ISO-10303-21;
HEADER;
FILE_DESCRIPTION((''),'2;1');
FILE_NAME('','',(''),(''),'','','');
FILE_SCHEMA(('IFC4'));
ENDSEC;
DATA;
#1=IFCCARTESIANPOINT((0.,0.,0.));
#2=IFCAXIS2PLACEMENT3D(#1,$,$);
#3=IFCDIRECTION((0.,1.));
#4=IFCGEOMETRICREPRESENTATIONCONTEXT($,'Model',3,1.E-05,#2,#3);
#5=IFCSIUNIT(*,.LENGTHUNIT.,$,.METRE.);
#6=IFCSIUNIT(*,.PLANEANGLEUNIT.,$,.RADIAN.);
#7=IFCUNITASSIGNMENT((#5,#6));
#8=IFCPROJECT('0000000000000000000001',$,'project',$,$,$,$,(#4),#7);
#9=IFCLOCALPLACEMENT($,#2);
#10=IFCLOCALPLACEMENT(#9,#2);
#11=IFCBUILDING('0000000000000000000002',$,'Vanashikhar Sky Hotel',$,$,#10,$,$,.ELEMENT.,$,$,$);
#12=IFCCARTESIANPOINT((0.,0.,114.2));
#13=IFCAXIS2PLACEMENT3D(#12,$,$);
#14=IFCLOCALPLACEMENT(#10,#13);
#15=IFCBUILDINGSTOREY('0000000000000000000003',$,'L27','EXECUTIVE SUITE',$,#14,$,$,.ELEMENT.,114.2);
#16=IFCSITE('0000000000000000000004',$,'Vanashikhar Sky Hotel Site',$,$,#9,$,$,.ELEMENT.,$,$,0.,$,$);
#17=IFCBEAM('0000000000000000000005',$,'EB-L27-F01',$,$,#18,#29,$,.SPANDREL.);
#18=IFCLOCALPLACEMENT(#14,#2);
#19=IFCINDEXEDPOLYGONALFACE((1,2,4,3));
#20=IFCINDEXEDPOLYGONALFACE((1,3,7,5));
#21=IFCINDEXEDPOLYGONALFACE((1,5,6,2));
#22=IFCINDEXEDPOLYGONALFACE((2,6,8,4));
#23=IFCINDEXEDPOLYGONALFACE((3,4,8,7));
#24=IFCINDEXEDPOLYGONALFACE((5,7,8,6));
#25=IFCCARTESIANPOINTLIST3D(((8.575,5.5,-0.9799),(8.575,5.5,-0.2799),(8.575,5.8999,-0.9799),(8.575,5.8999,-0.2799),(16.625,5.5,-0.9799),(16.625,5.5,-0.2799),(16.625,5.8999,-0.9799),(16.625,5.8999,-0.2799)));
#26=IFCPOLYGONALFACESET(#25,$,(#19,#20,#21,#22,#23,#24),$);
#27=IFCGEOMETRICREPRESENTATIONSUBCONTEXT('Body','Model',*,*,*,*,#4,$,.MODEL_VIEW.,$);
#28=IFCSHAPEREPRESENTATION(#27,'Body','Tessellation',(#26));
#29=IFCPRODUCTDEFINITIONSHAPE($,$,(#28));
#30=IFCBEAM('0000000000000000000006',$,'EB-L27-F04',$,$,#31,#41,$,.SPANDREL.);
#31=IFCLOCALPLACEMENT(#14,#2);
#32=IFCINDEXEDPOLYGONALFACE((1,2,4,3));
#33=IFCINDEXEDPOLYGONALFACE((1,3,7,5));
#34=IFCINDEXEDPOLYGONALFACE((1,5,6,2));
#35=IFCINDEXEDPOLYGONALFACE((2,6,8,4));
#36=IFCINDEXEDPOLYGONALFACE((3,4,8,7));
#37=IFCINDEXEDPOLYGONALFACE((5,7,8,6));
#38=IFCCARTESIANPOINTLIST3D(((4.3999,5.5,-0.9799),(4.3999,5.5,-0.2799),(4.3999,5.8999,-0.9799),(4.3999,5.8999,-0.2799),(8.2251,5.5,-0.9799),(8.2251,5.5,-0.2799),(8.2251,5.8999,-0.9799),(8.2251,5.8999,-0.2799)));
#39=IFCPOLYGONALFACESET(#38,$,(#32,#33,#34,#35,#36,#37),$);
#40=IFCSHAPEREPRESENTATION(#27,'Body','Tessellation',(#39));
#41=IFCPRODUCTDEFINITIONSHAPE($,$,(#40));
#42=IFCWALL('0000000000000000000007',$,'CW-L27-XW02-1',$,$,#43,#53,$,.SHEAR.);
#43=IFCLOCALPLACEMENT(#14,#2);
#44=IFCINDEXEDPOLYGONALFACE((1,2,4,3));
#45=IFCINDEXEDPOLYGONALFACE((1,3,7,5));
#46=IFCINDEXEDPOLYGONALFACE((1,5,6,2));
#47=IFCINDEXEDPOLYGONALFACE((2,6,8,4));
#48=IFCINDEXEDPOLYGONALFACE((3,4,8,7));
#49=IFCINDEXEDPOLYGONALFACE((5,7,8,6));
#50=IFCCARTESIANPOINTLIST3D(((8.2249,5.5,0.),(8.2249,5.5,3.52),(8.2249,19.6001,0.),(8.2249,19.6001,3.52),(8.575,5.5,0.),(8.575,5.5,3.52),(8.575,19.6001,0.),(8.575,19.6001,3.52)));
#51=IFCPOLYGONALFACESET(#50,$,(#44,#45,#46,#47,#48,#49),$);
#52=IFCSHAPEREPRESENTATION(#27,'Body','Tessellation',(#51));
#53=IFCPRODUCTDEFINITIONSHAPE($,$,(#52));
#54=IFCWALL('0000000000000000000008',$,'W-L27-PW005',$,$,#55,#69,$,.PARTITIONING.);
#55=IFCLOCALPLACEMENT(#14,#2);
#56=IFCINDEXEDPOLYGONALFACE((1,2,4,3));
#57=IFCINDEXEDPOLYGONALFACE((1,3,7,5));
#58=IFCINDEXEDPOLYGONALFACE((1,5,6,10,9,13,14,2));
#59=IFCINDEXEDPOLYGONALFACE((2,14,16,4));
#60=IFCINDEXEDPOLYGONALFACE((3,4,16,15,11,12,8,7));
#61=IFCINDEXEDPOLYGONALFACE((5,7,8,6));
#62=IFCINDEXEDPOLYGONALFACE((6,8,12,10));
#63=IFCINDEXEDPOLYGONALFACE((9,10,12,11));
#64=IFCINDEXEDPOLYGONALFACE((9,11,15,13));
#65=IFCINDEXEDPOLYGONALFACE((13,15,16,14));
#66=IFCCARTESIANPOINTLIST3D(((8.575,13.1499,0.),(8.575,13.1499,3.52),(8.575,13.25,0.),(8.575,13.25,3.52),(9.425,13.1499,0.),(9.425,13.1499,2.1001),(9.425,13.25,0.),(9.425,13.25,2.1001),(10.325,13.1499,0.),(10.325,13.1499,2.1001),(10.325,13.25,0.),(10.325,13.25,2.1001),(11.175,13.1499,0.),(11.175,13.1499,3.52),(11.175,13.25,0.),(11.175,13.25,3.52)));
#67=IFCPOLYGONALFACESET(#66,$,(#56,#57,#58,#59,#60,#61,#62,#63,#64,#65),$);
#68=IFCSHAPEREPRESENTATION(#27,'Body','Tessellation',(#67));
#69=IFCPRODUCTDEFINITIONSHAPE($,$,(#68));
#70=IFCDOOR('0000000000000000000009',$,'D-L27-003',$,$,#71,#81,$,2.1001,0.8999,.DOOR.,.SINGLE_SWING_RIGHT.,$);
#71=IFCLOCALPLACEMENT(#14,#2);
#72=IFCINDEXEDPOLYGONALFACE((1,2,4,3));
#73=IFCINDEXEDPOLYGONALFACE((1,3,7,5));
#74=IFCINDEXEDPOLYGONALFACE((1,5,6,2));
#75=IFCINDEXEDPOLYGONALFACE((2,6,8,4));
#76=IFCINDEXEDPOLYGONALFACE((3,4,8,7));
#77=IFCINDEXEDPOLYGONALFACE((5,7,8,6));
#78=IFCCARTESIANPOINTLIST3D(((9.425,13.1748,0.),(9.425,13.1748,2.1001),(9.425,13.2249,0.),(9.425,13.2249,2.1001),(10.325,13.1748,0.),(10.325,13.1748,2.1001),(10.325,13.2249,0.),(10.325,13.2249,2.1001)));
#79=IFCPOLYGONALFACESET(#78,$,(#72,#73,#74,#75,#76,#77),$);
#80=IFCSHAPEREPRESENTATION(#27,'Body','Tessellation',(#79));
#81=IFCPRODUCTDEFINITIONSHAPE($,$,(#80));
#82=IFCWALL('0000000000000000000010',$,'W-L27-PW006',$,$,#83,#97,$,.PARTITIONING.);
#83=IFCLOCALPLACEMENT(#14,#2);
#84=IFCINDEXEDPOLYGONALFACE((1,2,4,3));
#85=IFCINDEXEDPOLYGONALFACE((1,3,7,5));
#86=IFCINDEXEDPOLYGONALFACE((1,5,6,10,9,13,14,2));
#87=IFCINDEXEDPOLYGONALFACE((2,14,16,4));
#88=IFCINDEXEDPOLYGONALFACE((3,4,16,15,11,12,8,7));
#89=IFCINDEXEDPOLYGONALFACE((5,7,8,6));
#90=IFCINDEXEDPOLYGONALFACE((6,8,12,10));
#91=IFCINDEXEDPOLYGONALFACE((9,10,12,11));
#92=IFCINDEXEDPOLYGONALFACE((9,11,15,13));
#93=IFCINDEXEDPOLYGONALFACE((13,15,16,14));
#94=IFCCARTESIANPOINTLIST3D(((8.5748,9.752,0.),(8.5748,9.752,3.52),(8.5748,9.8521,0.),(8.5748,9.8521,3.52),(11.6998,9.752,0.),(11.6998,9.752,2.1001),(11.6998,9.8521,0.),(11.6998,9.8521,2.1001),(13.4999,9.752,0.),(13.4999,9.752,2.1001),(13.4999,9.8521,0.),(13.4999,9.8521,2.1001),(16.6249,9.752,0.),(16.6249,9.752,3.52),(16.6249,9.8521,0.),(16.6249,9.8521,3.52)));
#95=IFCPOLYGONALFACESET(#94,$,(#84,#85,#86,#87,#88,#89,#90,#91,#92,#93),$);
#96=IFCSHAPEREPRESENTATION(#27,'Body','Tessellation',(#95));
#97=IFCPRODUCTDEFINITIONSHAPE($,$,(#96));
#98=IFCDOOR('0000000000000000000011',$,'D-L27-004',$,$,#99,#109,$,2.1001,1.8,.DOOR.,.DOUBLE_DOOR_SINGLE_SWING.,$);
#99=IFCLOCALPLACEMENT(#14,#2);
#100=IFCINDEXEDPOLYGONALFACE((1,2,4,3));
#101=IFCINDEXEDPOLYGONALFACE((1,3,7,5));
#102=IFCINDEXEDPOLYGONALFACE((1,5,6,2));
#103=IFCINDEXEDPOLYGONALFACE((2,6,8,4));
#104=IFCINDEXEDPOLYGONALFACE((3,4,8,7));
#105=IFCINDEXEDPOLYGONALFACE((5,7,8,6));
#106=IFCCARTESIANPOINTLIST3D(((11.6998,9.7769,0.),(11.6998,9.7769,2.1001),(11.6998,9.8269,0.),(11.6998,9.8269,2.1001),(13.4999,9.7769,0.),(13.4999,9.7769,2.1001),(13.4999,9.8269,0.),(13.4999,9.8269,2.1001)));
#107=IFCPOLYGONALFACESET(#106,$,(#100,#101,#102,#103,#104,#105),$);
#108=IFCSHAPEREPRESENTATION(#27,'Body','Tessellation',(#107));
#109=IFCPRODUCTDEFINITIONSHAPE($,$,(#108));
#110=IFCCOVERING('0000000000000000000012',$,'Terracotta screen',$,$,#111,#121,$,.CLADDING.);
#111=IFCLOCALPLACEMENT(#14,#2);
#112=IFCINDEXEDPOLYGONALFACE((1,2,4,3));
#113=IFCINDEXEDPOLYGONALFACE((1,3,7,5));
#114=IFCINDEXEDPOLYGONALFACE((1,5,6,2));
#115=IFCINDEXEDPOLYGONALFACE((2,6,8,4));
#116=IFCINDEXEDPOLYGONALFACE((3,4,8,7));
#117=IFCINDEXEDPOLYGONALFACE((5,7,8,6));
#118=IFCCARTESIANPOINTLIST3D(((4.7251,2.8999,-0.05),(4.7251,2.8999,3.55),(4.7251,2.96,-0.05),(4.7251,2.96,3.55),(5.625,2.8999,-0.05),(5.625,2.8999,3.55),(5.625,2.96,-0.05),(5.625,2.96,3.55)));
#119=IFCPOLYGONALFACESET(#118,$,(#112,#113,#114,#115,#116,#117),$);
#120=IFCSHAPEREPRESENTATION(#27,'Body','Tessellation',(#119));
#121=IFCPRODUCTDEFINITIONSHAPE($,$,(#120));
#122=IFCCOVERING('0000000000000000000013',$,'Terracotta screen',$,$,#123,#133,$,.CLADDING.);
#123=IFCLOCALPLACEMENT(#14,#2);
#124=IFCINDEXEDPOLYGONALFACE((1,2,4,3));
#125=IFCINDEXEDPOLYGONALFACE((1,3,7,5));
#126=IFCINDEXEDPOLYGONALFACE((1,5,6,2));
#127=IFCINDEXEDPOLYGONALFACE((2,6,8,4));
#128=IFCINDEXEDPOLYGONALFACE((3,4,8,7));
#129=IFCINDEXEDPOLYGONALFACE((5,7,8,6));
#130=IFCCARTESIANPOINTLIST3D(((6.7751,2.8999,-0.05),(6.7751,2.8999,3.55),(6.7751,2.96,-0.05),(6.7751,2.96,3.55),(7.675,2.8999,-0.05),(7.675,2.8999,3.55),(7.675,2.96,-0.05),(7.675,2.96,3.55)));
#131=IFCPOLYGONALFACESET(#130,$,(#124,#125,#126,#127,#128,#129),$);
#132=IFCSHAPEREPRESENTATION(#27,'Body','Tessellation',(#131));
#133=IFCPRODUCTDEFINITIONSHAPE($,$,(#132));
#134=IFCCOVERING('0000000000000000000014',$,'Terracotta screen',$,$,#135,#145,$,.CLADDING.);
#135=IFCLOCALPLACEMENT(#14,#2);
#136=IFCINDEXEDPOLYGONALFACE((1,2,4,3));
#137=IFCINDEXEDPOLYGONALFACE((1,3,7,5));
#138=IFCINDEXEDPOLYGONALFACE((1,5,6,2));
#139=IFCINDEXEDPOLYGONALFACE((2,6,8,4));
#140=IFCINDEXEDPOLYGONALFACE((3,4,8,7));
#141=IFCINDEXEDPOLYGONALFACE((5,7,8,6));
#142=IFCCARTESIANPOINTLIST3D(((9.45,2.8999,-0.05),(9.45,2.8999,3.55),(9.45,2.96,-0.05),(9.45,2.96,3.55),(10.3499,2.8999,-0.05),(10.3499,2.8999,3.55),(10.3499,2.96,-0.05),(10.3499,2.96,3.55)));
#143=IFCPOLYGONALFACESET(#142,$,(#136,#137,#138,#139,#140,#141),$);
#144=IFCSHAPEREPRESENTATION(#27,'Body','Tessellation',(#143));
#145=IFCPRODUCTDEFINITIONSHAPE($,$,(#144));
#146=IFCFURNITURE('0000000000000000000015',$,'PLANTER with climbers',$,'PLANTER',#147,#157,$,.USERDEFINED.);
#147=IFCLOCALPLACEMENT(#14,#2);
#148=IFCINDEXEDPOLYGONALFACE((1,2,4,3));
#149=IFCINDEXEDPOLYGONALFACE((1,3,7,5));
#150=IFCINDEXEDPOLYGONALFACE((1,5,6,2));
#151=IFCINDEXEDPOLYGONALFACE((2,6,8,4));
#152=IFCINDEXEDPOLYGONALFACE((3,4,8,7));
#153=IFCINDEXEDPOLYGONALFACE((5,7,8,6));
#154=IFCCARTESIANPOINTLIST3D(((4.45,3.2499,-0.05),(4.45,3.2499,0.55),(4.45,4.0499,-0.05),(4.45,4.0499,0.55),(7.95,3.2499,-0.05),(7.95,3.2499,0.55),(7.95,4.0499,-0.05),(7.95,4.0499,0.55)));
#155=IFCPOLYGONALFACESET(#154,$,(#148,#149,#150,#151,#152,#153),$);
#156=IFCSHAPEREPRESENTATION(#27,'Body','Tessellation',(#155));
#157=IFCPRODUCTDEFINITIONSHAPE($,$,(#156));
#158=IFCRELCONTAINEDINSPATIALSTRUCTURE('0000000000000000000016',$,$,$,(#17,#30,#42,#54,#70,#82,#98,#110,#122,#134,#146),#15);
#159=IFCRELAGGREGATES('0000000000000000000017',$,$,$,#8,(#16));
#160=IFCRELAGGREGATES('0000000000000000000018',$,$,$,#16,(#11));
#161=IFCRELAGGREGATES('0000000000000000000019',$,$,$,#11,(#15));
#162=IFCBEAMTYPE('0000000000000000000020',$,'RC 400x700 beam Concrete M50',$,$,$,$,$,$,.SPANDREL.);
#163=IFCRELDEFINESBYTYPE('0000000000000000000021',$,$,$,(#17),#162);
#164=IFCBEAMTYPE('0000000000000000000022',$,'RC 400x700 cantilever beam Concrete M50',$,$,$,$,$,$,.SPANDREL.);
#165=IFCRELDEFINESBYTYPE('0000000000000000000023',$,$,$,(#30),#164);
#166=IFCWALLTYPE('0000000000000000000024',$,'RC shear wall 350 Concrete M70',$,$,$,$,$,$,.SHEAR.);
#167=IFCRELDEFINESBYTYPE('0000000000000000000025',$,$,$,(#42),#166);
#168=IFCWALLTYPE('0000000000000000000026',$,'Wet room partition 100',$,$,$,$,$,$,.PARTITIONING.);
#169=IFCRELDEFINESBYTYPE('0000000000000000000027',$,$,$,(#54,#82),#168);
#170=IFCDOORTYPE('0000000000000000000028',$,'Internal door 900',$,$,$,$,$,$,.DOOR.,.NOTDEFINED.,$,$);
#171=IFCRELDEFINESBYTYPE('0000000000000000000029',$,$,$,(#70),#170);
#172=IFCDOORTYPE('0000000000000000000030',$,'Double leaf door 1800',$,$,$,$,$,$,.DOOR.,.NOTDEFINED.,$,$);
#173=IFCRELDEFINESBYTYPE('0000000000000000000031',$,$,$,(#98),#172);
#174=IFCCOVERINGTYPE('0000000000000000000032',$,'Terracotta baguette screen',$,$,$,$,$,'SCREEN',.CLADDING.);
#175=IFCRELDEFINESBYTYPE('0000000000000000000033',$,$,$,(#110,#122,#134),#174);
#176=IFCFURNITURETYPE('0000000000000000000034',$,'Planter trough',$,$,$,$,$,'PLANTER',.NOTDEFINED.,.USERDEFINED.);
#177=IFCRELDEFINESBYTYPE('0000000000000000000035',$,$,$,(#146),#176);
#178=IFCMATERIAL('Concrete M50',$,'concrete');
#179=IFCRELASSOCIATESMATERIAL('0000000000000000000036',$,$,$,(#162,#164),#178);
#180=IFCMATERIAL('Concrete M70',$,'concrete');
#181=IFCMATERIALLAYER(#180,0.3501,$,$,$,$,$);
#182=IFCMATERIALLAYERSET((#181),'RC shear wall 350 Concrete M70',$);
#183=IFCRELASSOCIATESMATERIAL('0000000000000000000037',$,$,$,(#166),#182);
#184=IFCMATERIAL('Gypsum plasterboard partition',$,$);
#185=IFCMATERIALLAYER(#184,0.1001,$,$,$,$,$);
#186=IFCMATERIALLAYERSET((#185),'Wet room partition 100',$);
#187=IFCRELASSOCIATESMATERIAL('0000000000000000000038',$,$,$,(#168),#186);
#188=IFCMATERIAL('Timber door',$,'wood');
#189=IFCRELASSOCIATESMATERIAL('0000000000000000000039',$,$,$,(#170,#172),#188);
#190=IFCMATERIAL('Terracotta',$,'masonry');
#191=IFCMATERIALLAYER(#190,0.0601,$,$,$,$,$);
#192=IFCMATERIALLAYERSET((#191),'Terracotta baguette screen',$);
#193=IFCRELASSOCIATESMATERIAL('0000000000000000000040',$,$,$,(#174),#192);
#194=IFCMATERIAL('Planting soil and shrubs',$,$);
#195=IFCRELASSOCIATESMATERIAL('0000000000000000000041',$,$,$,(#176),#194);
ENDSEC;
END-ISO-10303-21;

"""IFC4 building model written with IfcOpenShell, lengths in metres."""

from ifc_helpers import new_model, si_unit, direction, frame, frame_2d, origin, origin_2d, place, context, subcontext, project, spatial, rectangle, extrude, source, transform, mapped, material, layer, layer_set, material_profile, profile_set, type_object, element, fill, save


model = new_model("IFC4")

# Units and contexts
model_context = context("Model", 3, precision=1e-05, world=origin(), true_north=direction((0.0, 1.0)))
body_context = subcontext(model_context, "Body", "Model", "MODEL_VIEW")
ifc_project = project(units=[si_unit("LENGTHUNIT", "METRE"), si_unit("PLANEANGLEUNIT", "RADIAN")], contexts=[model_context])

# Site, building, storey
site_placement = place(None, origin())
site = spatial("IfcSite", under=ifc_project, at=site_placement, Name="Vanashikhar Sky Hotel Site", CompositionType="ELEMENT", RefElevation=0.0)
building_placement = place(site_placement, origin())
building = spatial("IfcBuilding", under=site, at=building_placement, Name="Vanashikhar Sky Hotel", CompositionType="ELEMENT")
storey_placement = place(building_placement, frame((0.0, 0.0, 114.2)))
storey = spatial("IfcBuildingStorey", under=building, at=storey_placement, Name="L27", Description="EXECUTIVE SUITE", CompositionType="ELEMENT", Elevation=114.2)

# Beams
ifc_material_1 = material(Name="Concrete M50", Category="concrete")
ifc_material_profile_1 = material_profile(ifc_material_1, rectangle(XDim=0.3999, YDim=0.7, at=origin_2d()))
ifc_profile_set_1 = profile_set([ifc_material_profile_1], Name="RC 400x700 beam Concrete M50")
beam_type_1 = type_object("IfcBeamType", Name="RC 400x700 beam Concrete M50", PredefinedType="SPANDREL", material=ifc_profile_set_1)
shared_shape_1 = source(origin(), body_context, "Body", "SweptSolid", [
    extrude(rectangle(XDim=0.3999, YDim=0.7, at=origin_2d()), origin(), (0.0, 0.0, 1.0), 8.05),
])
beam_1_placement = place(storey_placement, frame((8.575, 5.7, -0.6299), z_axis=(1.0, 0.0, 0.0), x_axis=(0.0, 1.0, 0.0)))
element("IfcBeam", 1, at=beam_1_placement, inside=storey, type_object=beam_type_1, Name="EB-L27-F01", PredefinedType="SPANDREL", context=body_context, shape_type="MappedRepresentation", body=[
    mapped(shared_shape_1, transform((0.0, 0.0, 0.0), scale=1.0)),
])
ifc_material_profile_2 = material_profile(ifc_material_1, rectangle(XDim=0.3999, YDim=0.7, at=origin_2d()))
ifc_profile_set_2 = profile_set([ifc_material_profile_2], Name="RC 400x700 cantilever beam Concrete M50")
beam_type_2 = type_object("IfcBeamType", Name="RC 400x700 cantilever beam Concrete M50", PredefinedType="SPANDREL", material=ifc_profile_set_2)
shared_shape_2 = source(origin(), body_context, "Body", "SweptSolid", [
    extrude(rectangle(XDim=0.3999, YDim=0.7, at=origin_2d()), origin(), (0.0, 0.0, 1.0), 3.8252),
])
beam_2_placement = place(storey_placement, frame((4.3999, 5.7, -0.6299), z_axis=(1.0, 0.0, 0.0), x_axis=(0.0, 1.0, 0.0)))
element("IfcBeam", 2, at=beam_2_placement, inside=storey, type_object=beam_type_2, Name="EB-L27-F04", PredefinedType="SPANDREL", context=body_context, shape_type="MappedRepresentation", body=[
    mapped(shared_shape_2, transform((0.0, 0.0, 0.0), scale=1.0)),
])

# Wall
ifc_material_2 = material(Name="Concrete M70", Category="concrete")
ifc_layer_1 = layer(ifc_material_2, 0.3501)
ifc_layer_set_1 = layer_set([ifc_layer_1], Name="RC shear wall 350 Concrete M70")
wall_type_1 = type_object("IfcWallType", Name="RC shear wall 350 Concrete M70", PredefinedType="SHEAR", material=ifc_layer_set_1)
shared_shape_3 = source(origin(), body_context, "Body", "SweptSolid", [
    extrude(rectangle(XDim=14.1001, YDim=0.3501, at=frame_2d((7.05, 0.0))), origin(), (0.0, 0.0, 1.0), 3.52),
])
wall_1_placement = place(storey_placement, frame((8.3999, 5.5, 0.0), z_axis=(0.0, 0.0, 1.0), x_axis=(0.0, 1.0, 0.0)))
element("IfcWall", 3, at=wall_1_placement, inside=storey, type_object=wall_type_1, Name="CW-L27-XW02-1", PredefinedType="SHEAR", context=body_context, shape_type="MappedRepresentation", body=[
    mapped(shared_shape_3, transform((0.0, 0.0, 0.0), scale=1.0)),
])

# Walls, openings, doors
ifc_material_3 = material(Name="Gypsum plasterboard partition")
ifc_layer_2 = layer(ifc_material_3, 0.1001)
ifc_layer_set_2 = layer_set([ifc_layer_2], Name="Wet room partition 100")
wall_type_2 = type_object("IfcWallType", Name="Wet room partition 100", PredefinedType="PARTITIONING", material=ifc_layer_set_2)
shared_shape_4 = source(origin(), body_context, "Body", "SweptSolid", [
    extrude(rectangle(XDim=2.6001, YDim=0.1001, at=frame_2d((1.3, 0.0))), origin(), (0.0, 0.0, 1.0), 3.52),
])
wall_2_placement = place(storey_placement, frame((8.575, 13.2, 0.0), z_axis=(0.0, 0.0, 1.0), x_axis=(1.0, 0.0, 0.0)))
wall_2 = element("IfcWall", 4, at=wall_2_placement, inside=storey, type_object=wall_type_2, Name="W-L27-PW005", PredefinedType="PARTITIONING", context=body_context, shape_type="MappedRepresentation", body=[
    mapped(shared_shape_4, transform((0.0, 0.0, 0.0), scale=1.0)),
])
shared_shape_5 = source(origin(), body_context, "Body", "SweptSolid", [
    extrude(rectangle(XDim=0.8999, YDim=2.1001, at=frame_2d((0.45, 1.05))), frame((0.0, 0.0601, 0.0), z_axis=(0.0, -1.0, 0.0), x_axis=(1.0, 0.0, 0.0)), (0.0, 0.0, 1.0), 0.1201),
])
opening_1_placement = place(wall_2_placement, frame((0.8501, 0.0, 0.0)))
opening_1 = element("IfcOpeningElement", 5, at=opening_1_placement, cuts=wall_2, PredefinedType="OPENING", context=body_context, shape_type="MappedRepresentation", body=[
    mapped(shared_shape_5, transform((0.0, 0.0, 0.0), scale=1.0)),
])
ifc_material_4 = material(Name="Timber door", Category="wood")
door_type_1 = type_object("IfcDoorType", Name="Internal door 900", OperationType="NOTDEFINED", PredefinedType="DOOR", material=ifc_material_4)
shared_shape_6 = source(origin(), body_context, "Body", "SweptSolid", [
    extrude(rectangle(XDim=0.8999, YDim=2.1001, at=frame_2d((0.45, 1.05))), frame((0.0, 0.0249, 0.0), z_axis=(0.0, -1.0, 0.0), x_axis=(1.0, 0.0, 0.0)), (0.0, 0.0, 1.0), 0.05),
])
door_1_placement = place(opening_1_placement, origin())
door_1 = element("IfcDoor", 6, at=door_1_placement, inside=storey, type_object=door_type_1, Name="D-L27-003", OperationType="SINGLE_SWING_RIGHT", OverallHeight=2.1001, OverallWidth=0.8999, PredefinedType="DOOR", context=body_context, shape_type="MappedRepresentation", body=[
    mapped(shared_shape_6, transform((0.0, 0.0, 0.0), scale=1.0)),
])
fill(opening_1, door_1)
shared_shape_7 = source(origin(), body_context, "Body", "SweptSolid", [
    extrude(rectangle(XDim=8.05, YDim=0.1001, at=frame_2d((4.0249, 0.0))), origin(), (0.0, 0.0, 1.0), 3.52),
])
wall_3_placement = place(storey_placement, frame((8.575, 9.802, 0.0), z_axis=(0.0, 0.0, 1.0), x_axis=(1.0, 0.0, 0.0)))
wall_3 = element("IfcWall", 7, at=wall_3_placement, inside=storey, type_object=wall_type_2, Name="W-L27-PW006", PredefinedType="PARTITIONING", context=body_context, shape_type="MappedRepresentation", body=[
    mapped(shared_shape_7, transform((0.0, 0.0, 0.0), scale=1.0)),
])
shared_shape_8 = source(origin(), body_context, "Body", "SweptSolid", [
    extrude(rectangle(XDim=1.8, YDim=2.1001, at=frame_2d((0.8999, 1.05))), frame((0.0, 0.0601, 0.0), z_axis=(0.0, -1.0, 0.0), x_axis=(1.0, 0.0, 0.0)), (0.0, 0.0, 1.0), 0.1201),
])
opening_2_placement = place(wall_3_placement, frame((3.125, 0.0, 0.0)))
opening_2 = element("IfcOpeningElement", 8, at=opening_2_placement, cuts=wall_3, PredefinedType="OPENING", context=body_context, shape_type="MappedRepresentation", body=[
    mapped(shared_shape_8, transform((0.0, 0.0, 0.0), scale=1.0)),
])
door_type_2 = type_object("IfcDoorType", Name="Double leaf door 1800", OperationType="NOTDEFINED", PredefinedType="DOOR", material=ifc_material_4)
shared_shape_9 = source(origin(), body_context, "Body", "SweptSolid", [
    extrude(rectangle(XDim=1.8, YDim=2.1001, at=frame_2d((0.8999, 1.05))), frame((0.0, 0.0249, 0.0), z_axis=(0.0, -1.0, 0.0), x_axis=(1.0, 0.0, 0.0)), (0.0, 0.0, 1.0), 0.05),
])
door_2_placement = place(opening_2_placement, origin())
door_2 = element("IfcDoor", 9, at=door_2_placement, inside=storey, type_object=door_type_2, Name="D-L27-004", OperationType="DOUBLE_DOOR_SINGLE_SWING", OverallHeight=2.1001, OverallWidth=1.8, PredefinedType="DOOR", context=body_context, shape_type="MappedRepresentation", body=[
    mapped(shared_shape_9, transform((0.0, 0.0, 0.0), scale=1.0)),
])
fill(opening_2, door_2)

# Coverings
ifc_material_5 = material(Name="Terracotta", Category="masonry")
ifc_layer_3 = layer(ifc_material_5, 0.0601)
ifc_layer_set_3 = layer_set([ifc_layer_3], Name="Terracotta baguette screen")
covering_type = type_object("IfcCoveringType", Name="Terracotta baguette screen", ElementType="SCREEN", PredefinedType="CLADDING", material=ifc_layer_set_3)
shared_shape_10 = source(origin(), body_context, "Body", "SweptSolid", [
    extrude(rectangle(XDim=0.8999, YDim=0.0601, at=origin_2d()), origin(), (0.0, 0.0, 1.0), 3.6001),
])
for number, where, z_axis, x_axis, name in (
    (10, (5.175, 2.9299, -0.05), (0.0, 0.0, 1.0), (1.0, 0.0, 0.0), "Terracotta screen"),
    (11, (7.2251, 2.9299, -0.05), (0.0, 0.0, 1.0), (1.0, 0.0, 0.0), "Terracotta screen"),
    (12, (9.8999, 2.9299, -0.05), (0.0, 0.0, 1.0), (1.0, 0.0, 0.0), "Terracotta screen"),
):
    element("IfcCovering", number, at=place(storey_placement, frame(where, z_axis=z_axis, x_axis=x_axis)), inside=storey, type_object=covering_type, Name=name, PredefinedType="CLADDING", context=body_context, shape_type="MappedRepresentation", body=[
        mapped(shared_shape_10, transform((0.0, 0.0, 0.0), scale=1.0)),
    ])

# Furniture
ifc_material_6 = material(Name="Planting soil and shrubs")
furniture_type = type_object("IfcFurnitureType", Name="Planter trough", ElementType="PLANTER", AssemblyPlace="NOTDEFINED", PredefinedType="USERDEFINED", material=ifc_material_6)
shared_shape_11 = source(origin(), body_context, "Body", "SweptSolid", [
    extrude(rectangle(XDim=3.5, YDim=0.8, at=origin_2d()), origin(), (0.0, 0.0, 1.0), 0.6001),
])
furniture_placement = place(storey_placement, frame((6.2, 3.6499, -0.05), z_axis=(0.0, 0.0, 1.0), x_axis=(1.0, 0.0, 0.0)))
element("IfcFurniture", 13, at=furniture_placement, inside=storey, type_object=furniture_type, Name="PLANTER with climbers", ObjectType="PLANTER", PredefinedType="USERDEFINED", context=body_context, shape_type="MappedRepresentation", body=[
    mapped(shared_shape_11, transform((0.0, 0.0, 0.0), scale=1.0)),
])

save(model, "model.ifc")
